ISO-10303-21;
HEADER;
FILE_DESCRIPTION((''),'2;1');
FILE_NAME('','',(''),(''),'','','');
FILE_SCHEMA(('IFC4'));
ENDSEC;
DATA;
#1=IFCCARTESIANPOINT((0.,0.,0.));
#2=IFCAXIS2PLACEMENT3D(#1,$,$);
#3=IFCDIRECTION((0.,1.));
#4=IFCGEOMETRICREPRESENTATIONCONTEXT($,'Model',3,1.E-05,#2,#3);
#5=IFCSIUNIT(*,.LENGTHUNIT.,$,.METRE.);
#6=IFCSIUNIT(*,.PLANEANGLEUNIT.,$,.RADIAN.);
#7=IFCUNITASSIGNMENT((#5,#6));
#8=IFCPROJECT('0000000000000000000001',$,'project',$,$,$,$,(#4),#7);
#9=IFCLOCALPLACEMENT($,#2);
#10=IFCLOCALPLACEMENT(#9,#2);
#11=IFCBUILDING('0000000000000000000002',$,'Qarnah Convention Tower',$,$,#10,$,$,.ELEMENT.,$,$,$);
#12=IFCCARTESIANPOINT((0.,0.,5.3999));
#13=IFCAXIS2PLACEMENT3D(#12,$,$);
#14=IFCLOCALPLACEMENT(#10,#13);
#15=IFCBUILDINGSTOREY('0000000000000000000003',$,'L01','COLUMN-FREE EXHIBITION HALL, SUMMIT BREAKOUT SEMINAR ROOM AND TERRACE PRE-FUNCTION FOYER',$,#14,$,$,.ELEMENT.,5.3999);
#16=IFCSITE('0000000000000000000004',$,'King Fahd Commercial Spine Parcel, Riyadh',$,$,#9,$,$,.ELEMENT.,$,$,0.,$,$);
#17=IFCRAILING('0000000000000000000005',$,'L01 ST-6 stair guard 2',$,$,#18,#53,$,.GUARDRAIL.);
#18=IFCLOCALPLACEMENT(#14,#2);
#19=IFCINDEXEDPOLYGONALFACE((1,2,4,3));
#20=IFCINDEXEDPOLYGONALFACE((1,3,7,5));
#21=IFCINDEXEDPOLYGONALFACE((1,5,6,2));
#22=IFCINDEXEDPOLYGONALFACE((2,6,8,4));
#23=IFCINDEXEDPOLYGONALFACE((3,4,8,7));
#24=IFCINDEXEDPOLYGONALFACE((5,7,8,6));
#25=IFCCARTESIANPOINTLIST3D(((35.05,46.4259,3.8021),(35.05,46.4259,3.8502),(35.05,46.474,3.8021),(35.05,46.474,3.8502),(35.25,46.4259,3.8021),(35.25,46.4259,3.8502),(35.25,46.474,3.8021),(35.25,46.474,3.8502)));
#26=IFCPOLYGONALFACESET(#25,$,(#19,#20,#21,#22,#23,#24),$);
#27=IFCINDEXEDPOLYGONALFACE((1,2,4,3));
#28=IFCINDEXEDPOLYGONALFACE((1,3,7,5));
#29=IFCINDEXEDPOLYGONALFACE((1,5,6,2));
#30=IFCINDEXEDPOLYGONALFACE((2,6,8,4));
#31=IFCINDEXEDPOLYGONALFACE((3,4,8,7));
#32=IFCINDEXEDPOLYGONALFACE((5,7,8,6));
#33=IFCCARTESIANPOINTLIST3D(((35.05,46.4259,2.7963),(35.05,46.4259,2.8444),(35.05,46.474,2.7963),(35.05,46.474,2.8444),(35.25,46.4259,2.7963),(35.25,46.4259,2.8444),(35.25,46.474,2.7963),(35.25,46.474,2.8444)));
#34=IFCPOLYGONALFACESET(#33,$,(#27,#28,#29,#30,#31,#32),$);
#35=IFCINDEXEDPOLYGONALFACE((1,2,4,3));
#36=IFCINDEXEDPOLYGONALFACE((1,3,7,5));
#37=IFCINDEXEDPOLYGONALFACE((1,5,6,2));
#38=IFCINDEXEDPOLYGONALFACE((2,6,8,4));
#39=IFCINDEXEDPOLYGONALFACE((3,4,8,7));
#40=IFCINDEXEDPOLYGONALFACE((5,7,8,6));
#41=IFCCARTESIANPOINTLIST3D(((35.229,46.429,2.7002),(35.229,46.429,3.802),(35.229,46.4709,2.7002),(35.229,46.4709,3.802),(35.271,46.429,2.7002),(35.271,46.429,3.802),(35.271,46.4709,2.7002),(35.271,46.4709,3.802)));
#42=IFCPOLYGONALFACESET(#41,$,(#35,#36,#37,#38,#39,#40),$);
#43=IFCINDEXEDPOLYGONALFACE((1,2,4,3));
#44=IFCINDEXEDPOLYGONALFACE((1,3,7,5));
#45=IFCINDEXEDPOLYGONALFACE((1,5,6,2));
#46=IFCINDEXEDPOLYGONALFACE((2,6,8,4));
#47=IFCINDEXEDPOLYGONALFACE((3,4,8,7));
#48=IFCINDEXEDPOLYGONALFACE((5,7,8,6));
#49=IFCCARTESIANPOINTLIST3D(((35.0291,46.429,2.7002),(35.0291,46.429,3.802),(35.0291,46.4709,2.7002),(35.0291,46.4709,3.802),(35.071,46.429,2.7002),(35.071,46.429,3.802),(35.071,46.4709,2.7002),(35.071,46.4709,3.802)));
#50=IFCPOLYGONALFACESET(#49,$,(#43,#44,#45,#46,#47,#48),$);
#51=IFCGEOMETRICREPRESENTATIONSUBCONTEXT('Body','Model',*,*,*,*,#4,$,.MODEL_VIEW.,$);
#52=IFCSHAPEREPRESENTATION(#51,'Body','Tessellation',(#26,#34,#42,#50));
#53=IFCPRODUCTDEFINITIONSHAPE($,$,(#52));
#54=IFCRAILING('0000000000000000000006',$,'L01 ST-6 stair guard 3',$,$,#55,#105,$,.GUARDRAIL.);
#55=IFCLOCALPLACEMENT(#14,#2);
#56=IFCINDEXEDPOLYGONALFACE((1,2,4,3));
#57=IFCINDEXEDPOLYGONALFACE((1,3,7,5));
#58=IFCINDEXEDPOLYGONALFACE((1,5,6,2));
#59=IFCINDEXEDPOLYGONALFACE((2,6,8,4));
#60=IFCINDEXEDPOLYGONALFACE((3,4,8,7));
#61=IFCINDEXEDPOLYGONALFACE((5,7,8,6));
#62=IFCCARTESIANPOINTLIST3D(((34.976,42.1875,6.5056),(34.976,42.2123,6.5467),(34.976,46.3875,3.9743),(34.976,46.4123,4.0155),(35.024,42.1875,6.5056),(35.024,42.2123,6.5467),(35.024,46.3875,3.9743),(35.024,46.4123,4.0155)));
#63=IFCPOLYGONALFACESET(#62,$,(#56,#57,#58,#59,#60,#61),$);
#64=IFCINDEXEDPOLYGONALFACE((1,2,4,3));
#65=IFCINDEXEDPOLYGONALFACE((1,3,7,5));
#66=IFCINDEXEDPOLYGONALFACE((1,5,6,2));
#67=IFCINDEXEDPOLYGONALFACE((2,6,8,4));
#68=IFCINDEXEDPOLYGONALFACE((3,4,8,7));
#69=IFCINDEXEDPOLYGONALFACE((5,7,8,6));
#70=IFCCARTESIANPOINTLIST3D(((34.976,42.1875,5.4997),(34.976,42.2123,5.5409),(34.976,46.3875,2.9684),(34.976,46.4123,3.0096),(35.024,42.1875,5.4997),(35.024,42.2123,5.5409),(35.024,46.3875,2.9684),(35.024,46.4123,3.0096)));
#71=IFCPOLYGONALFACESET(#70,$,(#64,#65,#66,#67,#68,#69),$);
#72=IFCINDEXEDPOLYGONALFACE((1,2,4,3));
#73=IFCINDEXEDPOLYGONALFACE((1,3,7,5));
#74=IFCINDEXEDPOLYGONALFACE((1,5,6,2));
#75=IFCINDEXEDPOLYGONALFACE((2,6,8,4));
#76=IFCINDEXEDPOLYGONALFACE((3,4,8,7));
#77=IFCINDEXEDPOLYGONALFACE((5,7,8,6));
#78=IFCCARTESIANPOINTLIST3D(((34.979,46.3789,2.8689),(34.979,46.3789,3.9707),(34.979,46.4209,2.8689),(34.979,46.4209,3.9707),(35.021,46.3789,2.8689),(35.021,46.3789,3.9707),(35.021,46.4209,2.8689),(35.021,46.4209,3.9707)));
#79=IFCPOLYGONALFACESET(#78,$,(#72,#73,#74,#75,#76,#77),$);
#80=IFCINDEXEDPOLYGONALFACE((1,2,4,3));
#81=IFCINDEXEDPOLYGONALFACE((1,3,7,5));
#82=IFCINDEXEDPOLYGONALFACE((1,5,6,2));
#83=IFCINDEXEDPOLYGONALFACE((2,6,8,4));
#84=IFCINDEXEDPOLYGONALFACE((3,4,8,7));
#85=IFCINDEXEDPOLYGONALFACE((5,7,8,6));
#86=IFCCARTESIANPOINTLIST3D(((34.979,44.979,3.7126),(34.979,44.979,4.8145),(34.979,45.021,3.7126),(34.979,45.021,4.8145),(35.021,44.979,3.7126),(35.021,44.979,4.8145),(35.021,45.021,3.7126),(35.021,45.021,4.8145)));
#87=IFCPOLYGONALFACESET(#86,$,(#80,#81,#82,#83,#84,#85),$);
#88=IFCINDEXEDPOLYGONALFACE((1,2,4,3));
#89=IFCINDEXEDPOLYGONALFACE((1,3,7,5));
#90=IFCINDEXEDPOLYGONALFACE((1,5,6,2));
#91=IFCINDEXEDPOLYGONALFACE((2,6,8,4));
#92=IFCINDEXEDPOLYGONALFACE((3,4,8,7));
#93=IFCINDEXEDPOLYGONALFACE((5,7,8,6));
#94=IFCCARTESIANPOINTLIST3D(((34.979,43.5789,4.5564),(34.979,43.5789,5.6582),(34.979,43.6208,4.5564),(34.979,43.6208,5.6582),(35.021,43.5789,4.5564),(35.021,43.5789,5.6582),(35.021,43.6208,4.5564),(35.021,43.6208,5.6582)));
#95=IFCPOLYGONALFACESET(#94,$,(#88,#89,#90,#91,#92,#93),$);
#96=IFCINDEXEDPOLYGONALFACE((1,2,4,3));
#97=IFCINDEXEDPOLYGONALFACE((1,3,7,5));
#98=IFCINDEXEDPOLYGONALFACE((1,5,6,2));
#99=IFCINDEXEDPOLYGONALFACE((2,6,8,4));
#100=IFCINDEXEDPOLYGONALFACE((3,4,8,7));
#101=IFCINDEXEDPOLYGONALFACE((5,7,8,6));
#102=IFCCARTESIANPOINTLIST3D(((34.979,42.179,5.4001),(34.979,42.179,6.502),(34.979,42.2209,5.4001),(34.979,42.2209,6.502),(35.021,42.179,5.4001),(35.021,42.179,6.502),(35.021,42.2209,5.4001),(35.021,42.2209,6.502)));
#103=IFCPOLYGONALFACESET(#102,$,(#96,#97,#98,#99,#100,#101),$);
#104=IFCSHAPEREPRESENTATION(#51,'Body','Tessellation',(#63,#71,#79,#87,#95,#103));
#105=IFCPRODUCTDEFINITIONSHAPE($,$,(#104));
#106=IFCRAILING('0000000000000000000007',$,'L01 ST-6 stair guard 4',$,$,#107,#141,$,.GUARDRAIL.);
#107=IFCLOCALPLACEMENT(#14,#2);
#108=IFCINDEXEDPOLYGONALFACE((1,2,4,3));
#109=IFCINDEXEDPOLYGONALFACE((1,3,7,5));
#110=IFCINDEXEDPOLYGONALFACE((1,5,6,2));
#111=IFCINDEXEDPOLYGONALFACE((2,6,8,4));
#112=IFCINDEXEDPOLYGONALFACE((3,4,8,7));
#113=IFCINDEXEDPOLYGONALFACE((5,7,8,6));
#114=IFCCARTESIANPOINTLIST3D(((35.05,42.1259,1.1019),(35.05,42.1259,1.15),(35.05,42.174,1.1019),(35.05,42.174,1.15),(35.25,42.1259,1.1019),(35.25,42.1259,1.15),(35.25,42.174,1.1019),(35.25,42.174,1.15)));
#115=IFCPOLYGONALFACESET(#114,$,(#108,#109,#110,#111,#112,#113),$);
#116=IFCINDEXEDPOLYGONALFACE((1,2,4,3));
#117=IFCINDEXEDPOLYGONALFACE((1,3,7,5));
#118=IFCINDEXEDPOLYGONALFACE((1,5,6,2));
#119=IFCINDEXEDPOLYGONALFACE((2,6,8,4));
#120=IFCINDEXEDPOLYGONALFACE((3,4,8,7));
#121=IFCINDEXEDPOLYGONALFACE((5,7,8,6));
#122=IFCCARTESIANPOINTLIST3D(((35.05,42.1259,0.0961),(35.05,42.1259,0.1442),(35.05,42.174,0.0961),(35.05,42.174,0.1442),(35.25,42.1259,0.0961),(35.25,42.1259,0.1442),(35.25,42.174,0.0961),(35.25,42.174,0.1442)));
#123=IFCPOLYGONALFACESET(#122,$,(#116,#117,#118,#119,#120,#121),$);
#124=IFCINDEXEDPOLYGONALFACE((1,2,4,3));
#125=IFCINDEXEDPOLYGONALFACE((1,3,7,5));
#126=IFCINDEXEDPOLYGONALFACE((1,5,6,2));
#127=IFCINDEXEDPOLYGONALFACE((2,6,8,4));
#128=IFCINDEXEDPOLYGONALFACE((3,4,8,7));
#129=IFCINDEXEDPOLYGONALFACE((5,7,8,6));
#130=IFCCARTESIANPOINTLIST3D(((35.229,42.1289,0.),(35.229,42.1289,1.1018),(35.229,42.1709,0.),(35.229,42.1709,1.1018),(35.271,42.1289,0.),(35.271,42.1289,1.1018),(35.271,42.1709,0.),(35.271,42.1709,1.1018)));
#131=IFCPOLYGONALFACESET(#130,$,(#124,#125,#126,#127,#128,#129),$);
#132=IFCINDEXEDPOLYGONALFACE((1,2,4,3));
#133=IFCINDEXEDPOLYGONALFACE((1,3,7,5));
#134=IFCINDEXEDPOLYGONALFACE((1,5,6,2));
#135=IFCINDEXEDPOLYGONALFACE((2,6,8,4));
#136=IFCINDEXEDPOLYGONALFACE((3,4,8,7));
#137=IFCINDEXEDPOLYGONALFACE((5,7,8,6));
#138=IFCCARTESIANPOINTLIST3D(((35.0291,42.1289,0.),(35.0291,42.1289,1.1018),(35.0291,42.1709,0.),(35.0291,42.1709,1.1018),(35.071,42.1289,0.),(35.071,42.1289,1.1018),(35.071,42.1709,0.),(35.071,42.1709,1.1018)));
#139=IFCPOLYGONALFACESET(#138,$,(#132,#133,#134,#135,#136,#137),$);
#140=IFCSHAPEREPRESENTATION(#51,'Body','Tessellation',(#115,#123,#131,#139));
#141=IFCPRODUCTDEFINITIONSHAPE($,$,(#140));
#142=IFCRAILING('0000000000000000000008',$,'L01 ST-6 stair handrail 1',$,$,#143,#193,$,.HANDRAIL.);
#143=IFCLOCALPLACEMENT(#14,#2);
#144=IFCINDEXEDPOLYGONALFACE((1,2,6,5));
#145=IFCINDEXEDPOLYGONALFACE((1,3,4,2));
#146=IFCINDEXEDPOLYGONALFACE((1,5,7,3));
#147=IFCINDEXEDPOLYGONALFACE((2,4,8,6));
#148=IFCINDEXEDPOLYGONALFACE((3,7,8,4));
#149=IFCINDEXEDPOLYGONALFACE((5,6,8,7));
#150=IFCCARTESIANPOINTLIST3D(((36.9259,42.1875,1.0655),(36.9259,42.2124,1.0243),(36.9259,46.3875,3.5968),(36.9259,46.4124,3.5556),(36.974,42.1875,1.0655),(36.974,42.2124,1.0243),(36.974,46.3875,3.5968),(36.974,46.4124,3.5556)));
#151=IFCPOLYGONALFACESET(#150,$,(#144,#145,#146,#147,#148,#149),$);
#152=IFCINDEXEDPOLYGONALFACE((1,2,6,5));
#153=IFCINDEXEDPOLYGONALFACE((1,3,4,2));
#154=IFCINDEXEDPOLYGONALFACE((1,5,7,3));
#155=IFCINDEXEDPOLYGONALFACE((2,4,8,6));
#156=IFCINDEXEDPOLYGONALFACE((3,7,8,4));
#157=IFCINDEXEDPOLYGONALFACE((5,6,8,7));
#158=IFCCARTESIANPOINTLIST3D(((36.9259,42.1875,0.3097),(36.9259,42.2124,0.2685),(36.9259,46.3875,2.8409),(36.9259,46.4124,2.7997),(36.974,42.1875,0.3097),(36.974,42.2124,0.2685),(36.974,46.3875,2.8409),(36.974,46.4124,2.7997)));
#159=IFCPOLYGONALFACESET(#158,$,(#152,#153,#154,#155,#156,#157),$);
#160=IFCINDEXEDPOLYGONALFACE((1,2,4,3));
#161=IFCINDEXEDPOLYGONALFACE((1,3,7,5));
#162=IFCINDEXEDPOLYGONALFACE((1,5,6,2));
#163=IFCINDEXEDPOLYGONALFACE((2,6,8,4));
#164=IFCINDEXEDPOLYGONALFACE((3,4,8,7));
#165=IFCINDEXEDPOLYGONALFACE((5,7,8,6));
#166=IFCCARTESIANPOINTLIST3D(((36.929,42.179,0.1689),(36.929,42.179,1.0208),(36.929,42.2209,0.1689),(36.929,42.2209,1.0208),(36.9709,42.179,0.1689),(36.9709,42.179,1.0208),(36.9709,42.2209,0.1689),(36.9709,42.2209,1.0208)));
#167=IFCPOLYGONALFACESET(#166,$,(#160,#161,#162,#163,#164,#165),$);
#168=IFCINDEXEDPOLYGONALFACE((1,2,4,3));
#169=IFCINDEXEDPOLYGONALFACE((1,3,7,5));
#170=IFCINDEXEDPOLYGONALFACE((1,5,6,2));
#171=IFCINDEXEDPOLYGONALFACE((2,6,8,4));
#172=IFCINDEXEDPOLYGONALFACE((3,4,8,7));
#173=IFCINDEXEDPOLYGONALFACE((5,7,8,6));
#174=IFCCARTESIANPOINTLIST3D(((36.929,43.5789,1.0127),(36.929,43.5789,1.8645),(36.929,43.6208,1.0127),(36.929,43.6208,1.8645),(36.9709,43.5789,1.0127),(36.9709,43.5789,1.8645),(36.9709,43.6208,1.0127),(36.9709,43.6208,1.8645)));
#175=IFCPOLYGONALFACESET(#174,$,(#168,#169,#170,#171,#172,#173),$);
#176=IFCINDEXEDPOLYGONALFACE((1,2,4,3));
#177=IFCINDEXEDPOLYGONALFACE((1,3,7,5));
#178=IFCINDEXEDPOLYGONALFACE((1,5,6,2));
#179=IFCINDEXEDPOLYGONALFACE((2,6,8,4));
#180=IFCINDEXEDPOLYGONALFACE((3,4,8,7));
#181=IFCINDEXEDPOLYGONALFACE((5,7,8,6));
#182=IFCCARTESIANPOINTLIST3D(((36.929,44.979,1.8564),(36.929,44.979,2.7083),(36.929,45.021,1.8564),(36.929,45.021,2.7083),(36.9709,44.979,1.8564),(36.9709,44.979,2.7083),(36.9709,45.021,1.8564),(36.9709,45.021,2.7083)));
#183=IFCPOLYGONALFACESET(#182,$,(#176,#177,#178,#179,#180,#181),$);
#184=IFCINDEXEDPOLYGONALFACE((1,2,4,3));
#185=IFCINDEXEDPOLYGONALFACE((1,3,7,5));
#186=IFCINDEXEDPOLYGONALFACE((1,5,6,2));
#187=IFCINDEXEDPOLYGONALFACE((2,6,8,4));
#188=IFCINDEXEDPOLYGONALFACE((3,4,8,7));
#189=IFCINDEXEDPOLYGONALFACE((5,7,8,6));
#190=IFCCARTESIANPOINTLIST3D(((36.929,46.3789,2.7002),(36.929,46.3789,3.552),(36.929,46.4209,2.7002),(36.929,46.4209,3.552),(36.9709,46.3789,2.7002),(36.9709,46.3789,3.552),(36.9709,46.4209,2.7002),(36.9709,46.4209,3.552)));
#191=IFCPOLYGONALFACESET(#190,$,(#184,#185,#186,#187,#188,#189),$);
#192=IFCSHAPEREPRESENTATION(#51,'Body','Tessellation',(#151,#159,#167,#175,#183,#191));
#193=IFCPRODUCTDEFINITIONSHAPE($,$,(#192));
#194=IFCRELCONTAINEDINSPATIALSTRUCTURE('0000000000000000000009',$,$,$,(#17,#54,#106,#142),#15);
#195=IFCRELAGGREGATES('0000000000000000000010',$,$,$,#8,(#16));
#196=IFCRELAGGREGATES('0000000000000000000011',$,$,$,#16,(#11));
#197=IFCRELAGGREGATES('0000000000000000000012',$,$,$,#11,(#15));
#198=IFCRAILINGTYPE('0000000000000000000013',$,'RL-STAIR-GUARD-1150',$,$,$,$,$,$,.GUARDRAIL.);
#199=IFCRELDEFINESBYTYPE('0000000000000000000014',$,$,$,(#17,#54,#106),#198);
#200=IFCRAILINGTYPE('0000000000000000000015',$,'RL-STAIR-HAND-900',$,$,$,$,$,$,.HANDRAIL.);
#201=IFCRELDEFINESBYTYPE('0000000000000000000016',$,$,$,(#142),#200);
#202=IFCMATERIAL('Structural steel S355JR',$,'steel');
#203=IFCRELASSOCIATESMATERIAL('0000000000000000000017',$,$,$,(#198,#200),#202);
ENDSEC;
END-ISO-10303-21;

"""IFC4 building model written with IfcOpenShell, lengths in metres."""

from ifc_helpers import new_model, si_unit, direction, frame, origin, origin_2d, place, context, subcontext, project, spatial, rectangle, extrude, material, type_object, element, save


model = new_model("IFC4")

# Units and contexts
model_context = context("Model", 3, precision=1e-05, world=origin(), true_north=direction((0.0, 1.0)))
body_context = subcontext(model_context, "Body", "Model", "MODEL_VIEW")
ifc_project = project(units=[si_unit("LENGTHUNIT", "METRE"), si_unit("PLANEANGLEUNIT", "RADIAN")], contexts=[model_context])

# Site, building, storey
site_placement = place(None, origin())
site = spatial("IfcSite", under=ifc_project, at=site_placement, Name="King Fahd Commercial Spine Parcel, Riyadh", CompositionType="ELEMENT", RefElevation=0.0)
building_placement = place(site_placement, origin())
building = spatial("IfcBuilding", under=site, at=building_placement, Name="Qarnah Convention Tower", CompositionType="ELEMENT")
storey_placement = place(building_placement, frame((0.0, 0.0, 5.3999)))
storey = spatial("IfcBuildingStorey", under=building, at=storey_placement, Name="L01", Description="COLUMN-FREE EXHIBITION HALL, SUMMIT BREAKOUT SEMINAR ROOM AND TERRACE PRE-FUNCTION FOYER", CompositionType="ELEMENT", Elevation=5.3999)

# Shared definitions
ifc_material_1 = material(Name="Structural steel S355JR", Category="steel")

# Railings
railing_type_1 = type_object("IfcRailingType", Name="RL-STAIR-GUARD-1150", PredefinedType="GUARDRAIL", material=ifc_material_1)
railing_1_placement = place(storey_placement, frame((35.25, 46.45, 2.7002)))
element("IfcRailing", 1, at=railing_1_placement, inside=storey, type_object=railing_type_1, Name="L01 ST-6 stair guard 2", PredefinedType="GUARDRAIL", context=body_context, shape_type="SweptSolid", body=[
    extrude(rectangle(XDim=0.0481, YDim=0.0481, at=origin_2d()), frame((0.0, 0.0, 1.126), z_axis=(-1.0, 0.0, 0.0), x_axis=(0.0, -1.0, 0.0)), (0.0, 0.0, 1.0), 0.2),
    extrude(rectangle(XDim=0.0481, YDim=0.0481, at=origin_2d()), frame((0.0, 0.0, 0.1201), z_axis=(-1.0, 0.0, 0.0), x_axis=(0.0, -1.0, 0.0)), (0.0, 0.0, 1.0), 0.2),
    extrude(rectangle(XDim=0.042, YDim=0.042, at=origin_2d()), origin(), (0.0, 0.0, 1.0), 1.1018),
    extrude(rectangle(XDim=0.042, YDim=0.042, at=origin_2d()), frame((-0.2, 0.0, 0.0)), (0.0, 0.0, 1.0), 1.1018),
])
railing_2_placement = place(storey_placement, frame((35.0, 46.3999, 2.8689)))
element("IfcRailing", 2, at=railing_2_placement, inside=storey, type_object=railing_type_1, Name="L01 ST-6 stair guard 3", PredefinedType="GUARDRAIL", context=body_context, shape_type="SweptSolid", body=[
    extrude(rectangle(XDim=0.0481, YDim=0.0481, at=origin_2d()), frame((0.0, 0.0, 1.126), z_axis=(0.0, -0.856476, 0.516186), x_axis=(1.0, 0.0, 0.0)), (0.0, 0.0, 1.0), 4.9038),
    extrude(rectangle(XDim=0.0481, YDim=0.0481, at=origin_2d()), frame((0.0, 0.0, 0.1201), z_axis=(0.0, -0.856476, 0.516186), x_axis=(1.0, 0.0, 0.0)), (0.0, 0.0, 1.0), 4.9038),
    extrude(rectangle(XDim=0.042, YDim=0.042, at=origin_2d()), origin(), (0.0, 0.0, 1.0), 1.1018),
    extrude(rectangle(XDim=0.042, YDim=0.042, at=origin_2d()), frame((0.0, -1.3999, 0.8438)), (0.0, 0.0, 1.0), 1.1018),
    extrude(rectangle(XDim=0.042, YDim=0.042, at=origin_2d()), frame((0.0, -2.8, 1.6875)), (0.0, 0.0, 1.0), 1.1018),
    extrude(rectangle(XDim=0.042, YDim=0.042, at=origin_2d()), frame((0.0, -4.2, 2.5312)), (0.0, 0.0, 1.0), 1.1018),
])
railing_3_placement = place(storey_placement, frame((35.25, 42.1499, 0.0)))
element("IfcRailing", 3, at=railing_3_placement, inside=storey, type_object=railing_type_1, Name="L01 ST-6 stair guard 4", PredefinedType="GUARDRAIL", context=body_context, shape_type="SweptSolid", body=[
    extrude(rectangle(XDim=0.0481, YDim=0.0481, at=origin_2d()), frame((0.0, 0.0, 1.126), z_axis=(-1.0, 0.0, 0.0), x_axis=(0.0, -1.0, 0.0)), (0.0, 0.0, 1.0), 0.2),
    extrude(rectangle(XDim=0.0481, YDim=0.0481, at=origin_2d()), frame((0.0, 0.0, 0.1201), z_axis=(-1.0, 0.0, 0.0), x_axis=(0.0, -1.0, 0.0)), (0.0, 0.0, 1.0), 0.2),
    extrude(rectangle(XDim=0.042, YDim=0.042, at=origin_2d()), origin(), (0.0, 0.0, 1.0), 1.1018),
    extrude(rectangle(XDim=0.042, YDim=0.042, at=origin_2d()), frame((-0.2, 0.0, 0.0)), (0.0, 0.0, 1.0), 1.1018),
])
railing_type_2 = type_object("IfcRailingType", Name="RL-STAIR-HAND-900", PredefinedType="HANDRAIL", material=ifc_material_1)
railing_4_placement = place(storey_placement, frame((36.95, 42.2, 0.1689)))
element("IfcRailing", 4, at=railing_4_placement, inside=storey, type_object=railing_type_2, Name="L01 ST-6 stair handrail 1", PredefinedType="HANDRAIL", context=body_context, shape_type="SweptSolid", body=[
    extrude(rectangle(XDim=0.0481, YDim=0.0481, at=origin_2d()), frame((0.0, 0.0, 0.876), z_axis=(0.0, 0.856476, 0.516186), x_axis=(-1.0, 0.0, 0.0)), (0.0, 0.0, 1.0), 4.9038),
    extrude(rectangle(XDim=0.0481, YDim=0.0481, at=origin_2d()), frame((0.0, 0.0, 0.1201), z_axis=(0.0, 0.856476, 0.516186), x_axis=(-1.0, 0.0, 0.0)), (0.0, 0.0, 1.0), 4.9038),
    extrude(rectangle(XDim=0.042, YDim=0.042, at=origin_2d()), origin(), (0.0, 0.0, 1.0), 0.8518),
    extrude(rectangle(XDim=0.042, YDim=0.042, at=origin_2d()), frame((0.0, 1.3999, 0.8438)), (0.0, 0.0, 1.0), 0.8518),
    extrude(rectangle(XDim=0.042, YDim=0.042, at=origin_2d()), frame((0.0, 2.8, 1.6875)), (0.0, 0.0, 1.0), 0.8518),
    extrude(rectangle(XDim=0.042, YDim=0.042, at=origin_2d()), frame((0.0, 4.2, 2.5312)), (0.0, 0.0, 1.0), 0.8518),
])

save(model, "model.ifc")
